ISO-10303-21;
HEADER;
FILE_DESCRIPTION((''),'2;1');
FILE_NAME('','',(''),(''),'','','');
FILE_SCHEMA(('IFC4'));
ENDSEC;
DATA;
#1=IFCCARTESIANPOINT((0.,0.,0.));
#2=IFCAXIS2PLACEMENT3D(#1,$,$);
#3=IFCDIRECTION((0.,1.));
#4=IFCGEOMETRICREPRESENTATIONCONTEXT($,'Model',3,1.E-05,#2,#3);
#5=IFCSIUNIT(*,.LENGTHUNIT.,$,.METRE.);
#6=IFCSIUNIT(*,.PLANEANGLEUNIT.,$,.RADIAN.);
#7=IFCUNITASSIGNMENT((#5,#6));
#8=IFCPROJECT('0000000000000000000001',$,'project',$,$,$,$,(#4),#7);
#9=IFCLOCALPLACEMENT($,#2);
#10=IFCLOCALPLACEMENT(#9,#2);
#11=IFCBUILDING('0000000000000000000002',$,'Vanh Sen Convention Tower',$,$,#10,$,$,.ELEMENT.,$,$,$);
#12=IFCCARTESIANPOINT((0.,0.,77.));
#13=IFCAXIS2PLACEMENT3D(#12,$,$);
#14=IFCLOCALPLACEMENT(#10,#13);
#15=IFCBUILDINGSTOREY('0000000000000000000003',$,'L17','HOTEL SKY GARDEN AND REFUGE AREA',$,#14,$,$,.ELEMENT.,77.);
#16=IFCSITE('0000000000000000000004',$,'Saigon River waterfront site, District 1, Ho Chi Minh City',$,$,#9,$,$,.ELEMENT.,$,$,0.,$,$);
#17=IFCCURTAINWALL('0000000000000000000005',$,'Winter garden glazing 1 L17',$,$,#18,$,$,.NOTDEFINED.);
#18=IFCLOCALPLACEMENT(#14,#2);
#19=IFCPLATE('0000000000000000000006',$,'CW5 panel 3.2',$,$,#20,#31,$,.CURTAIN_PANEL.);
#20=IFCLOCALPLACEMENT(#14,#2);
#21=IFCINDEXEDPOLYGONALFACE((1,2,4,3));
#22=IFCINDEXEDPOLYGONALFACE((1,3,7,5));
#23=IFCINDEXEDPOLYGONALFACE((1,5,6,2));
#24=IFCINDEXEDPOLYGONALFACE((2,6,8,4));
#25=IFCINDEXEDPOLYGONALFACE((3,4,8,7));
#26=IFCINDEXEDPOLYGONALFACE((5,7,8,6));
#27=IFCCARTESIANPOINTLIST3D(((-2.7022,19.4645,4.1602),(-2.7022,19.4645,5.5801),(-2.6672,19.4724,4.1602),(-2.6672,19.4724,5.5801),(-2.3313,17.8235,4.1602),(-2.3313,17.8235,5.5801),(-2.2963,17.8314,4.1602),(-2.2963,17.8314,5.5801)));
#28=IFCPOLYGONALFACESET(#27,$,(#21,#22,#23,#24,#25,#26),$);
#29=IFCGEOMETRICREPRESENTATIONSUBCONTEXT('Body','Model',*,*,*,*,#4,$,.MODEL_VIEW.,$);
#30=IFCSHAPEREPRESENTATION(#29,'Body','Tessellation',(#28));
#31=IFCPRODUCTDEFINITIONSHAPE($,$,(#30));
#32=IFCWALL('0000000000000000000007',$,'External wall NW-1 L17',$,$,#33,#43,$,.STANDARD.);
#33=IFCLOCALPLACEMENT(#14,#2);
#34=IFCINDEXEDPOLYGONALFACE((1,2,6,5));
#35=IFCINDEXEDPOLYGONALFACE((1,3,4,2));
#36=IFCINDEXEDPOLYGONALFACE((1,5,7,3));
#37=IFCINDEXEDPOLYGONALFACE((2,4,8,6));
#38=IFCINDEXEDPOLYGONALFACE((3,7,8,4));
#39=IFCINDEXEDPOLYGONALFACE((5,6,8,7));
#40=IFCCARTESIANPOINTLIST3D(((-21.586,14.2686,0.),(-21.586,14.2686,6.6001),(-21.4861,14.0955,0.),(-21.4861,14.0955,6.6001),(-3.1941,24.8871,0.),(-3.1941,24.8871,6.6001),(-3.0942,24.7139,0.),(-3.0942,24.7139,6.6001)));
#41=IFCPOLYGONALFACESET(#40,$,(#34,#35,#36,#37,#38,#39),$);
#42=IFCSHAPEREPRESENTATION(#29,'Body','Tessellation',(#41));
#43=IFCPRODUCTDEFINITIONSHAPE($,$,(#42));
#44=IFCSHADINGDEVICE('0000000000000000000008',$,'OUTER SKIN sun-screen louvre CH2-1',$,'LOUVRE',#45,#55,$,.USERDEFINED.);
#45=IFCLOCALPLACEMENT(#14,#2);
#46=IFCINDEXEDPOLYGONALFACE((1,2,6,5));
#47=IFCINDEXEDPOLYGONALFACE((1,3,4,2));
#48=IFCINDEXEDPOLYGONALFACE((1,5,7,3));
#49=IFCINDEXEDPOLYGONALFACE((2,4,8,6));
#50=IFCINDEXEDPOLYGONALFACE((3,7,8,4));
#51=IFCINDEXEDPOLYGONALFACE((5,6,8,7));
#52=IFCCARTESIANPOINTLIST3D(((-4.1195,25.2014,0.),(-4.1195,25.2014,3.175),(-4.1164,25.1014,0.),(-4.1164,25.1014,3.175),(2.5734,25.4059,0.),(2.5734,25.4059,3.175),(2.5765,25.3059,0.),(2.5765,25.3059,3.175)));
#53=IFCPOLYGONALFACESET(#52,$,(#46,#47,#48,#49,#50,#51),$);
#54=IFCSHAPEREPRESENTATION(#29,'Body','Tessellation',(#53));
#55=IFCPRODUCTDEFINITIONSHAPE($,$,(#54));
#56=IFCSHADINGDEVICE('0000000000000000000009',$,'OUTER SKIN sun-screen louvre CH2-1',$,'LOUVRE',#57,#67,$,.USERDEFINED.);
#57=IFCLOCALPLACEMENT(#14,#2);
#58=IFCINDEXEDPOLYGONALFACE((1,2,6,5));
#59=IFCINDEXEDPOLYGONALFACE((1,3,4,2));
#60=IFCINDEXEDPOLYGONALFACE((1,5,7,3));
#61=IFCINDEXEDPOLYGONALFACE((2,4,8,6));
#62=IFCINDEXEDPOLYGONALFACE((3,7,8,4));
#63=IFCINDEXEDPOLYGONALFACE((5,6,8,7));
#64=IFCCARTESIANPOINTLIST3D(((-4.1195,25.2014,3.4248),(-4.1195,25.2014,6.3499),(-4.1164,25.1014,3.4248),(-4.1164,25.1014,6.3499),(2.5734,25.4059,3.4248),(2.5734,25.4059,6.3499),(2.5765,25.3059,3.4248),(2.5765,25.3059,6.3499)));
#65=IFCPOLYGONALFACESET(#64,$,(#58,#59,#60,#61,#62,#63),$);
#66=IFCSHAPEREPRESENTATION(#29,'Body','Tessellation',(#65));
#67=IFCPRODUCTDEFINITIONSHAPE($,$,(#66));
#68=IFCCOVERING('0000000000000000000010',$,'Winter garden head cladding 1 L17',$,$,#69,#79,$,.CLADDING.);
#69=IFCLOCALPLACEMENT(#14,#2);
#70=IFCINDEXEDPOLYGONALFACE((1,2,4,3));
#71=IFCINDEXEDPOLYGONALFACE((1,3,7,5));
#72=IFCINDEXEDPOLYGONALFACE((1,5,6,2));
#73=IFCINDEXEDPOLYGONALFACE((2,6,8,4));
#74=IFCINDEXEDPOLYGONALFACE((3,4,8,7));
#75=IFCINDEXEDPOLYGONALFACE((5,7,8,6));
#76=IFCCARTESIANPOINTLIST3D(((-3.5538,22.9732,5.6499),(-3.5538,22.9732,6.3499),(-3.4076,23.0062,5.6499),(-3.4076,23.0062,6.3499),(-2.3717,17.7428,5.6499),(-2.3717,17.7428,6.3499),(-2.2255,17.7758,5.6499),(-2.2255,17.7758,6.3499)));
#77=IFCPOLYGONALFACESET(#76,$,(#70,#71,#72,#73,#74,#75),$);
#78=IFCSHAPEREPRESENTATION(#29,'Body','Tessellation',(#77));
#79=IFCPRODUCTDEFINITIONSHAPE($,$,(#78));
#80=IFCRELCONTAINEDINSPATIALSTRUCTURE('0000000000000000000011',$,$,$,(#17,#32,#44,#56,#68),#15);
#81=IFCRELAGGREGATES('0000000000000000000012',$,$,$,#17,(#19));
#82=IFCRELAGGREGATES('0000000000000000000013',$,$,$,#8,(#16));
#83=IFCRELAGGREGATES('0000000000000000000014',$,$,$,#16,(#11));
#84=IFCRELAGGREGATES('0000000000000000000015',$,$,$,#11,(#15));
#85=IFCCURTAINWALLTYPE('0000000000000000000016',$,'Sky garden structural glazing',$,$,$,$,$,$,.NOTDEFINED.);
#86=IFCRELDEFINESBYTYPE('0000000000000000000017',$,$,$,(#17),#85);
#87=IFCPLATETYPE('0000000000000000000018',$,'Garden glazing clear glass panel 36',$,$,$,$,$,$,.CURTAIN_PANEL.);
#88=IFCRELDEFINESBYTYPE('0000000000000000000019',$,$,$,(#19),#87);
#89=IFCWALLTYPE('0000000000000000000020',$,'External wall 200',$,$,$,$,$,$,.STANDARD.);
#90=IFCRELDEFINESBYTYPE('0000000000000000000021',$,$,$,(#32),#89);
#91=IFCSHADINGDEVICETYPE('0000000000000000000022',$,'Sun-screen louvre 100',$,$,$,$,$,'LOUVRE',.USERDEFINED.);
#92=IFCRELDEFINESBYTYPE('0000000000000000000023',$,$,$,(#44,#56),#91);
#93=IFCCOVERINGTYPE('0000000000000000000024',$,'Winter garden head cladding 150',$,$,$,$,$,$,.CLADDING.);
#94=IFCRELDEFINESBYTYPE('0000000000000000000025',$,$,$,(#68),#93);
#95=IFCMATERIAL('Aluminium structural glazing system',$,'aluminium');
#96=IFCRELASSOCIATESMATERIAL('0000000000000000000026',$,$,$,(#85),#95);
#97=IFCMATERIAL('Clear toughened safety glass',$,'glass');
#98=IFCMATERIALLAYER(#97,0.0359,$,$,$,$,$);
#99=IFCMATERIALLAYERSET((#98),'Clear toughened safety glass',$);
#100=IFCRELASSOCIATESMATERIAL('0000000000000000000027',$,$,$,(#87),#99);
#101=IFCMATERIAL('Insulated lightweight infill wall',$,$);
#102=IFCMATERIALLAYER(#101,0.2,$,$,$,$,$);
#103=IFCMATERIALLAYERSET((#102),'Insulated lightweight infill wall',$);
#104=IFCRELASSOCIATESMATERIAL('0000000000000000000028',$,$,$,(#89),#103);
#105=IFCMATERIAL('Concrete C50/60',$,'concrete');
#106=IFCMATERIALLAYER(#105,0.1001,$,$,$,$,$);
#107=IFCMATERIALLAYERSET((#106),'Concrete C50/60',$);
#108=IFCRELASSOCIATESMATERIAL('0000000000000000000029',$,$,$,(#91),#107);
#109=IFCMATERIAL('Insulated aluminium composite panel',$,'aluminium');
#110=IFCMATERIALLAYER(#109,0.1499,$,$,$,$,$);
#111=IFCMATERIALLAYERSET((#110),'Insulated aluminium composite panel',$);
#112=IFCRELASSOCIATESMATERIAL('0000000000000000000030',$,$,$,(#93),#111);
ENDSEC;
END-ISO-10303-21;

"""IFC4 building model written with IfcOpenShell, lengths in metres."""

from ifc_helpers import new_model, si_unit, direction, frame, frame_2d, origin, origin_2d, place, context, subcontext, project, spatial, rectangle, extrude, material, layer, layer_set, type_object, element, aggregate, save


model = new_model("IFC4")

# Units and contexts
model_context = context("Model", 3, precision=1e-05, world=origin(), true_north=direction((0.0, 1.0)))
body_context = subcontext(model_context, "Body", "Model", "MODEL_VIEW")
ifc_project = project(units=[si_unit("LENGTHUNIT", "METRE"), si_unit("PLANEANGLEUNIT", "RADIAN")], contexts=[model_context])

# Site, building, storey
site_placement = place(None, origin())
site = spatial("IfcSite", under=ifc_project, at=site_placement, Name="Saigon River waterfront site, District 1, Ho Chi Minh City", CompositionType="ELEMENT", RefElevation=0.0)
building_placement = place(site_placement, origin())
building = spatial("IfcBuilding", under=site, at=building_placement, Name="Vanh Sen Convention Tower", CompositionType="ELEMENT")
storey_placement = place(building_placement, frame((0.0, 0.0, 77.0)))
storey = spatial("IfcBuildingStorey", under=building, at=storey_placement, Name="L17", Description="HOTEL SKY GARDEN AND REFUGE AREA", CompositionType="ELEMENT", Elevation=77.0)

# Curtain wall
ifc_material_1 = material(Name="Aluminium structural glazing system", Category="aluminium")
curtain_wall_type_1 = type_object("IfcCurtainWallType", Name="Sky garden structural glazing", PredefinedType="NOTDEFINED", material=ifc_material_1)
curtain_wall_1_placement = place(storey_placement, origin())
curtain_wall_1 = element("IfcCurtainWall", 1, at=curtain_wall_1_placement, inside=storey, type_object=curtain_wall_type_1, Name="Winter garden glazing 1 L17", PredefinedType="NOTDEFINED")

# Plate
ifc_material_2 = material(Name="Clear toughened safety glass", Category="glass")
ifc_layer_1 = layer(ifc_material_2, 0.0359)
ifc_layer_set_1 = layer_set([ifc_layer_1], Name="Clear toughened safety glass")
plate_type = type_object("IfcPlateType", Name="Garden glazing clear glass panel 36", PredefinedType="CURTAIN_PANEL", material=ifc_layer_set_1)
plate_1_placement = place(storey_placement, frame((-2.4993, 18.6479, 4.1602), z_axis=(0.0, 0.0, 1.0), x_axis=(0.220446, -0.975399, 0.0)))
plate_1 = element("IfcPlate", 2, at=plate_1_placement, type_object=plate_type, Name="CW5 panel 3.2", PredefinedType="CURTAIN_PANEL", context=body_context, shape_type="SweptSolid", body=[
    extrude(rectangle(XDim=1.6824, YDim=0.0359, at=origin_2d()), origin(), (0.0, 0.0, 1.0), 1.4199),
])
aggregate(curtain_wall_1, [plate_1])

# Wall
ifc_material_3 = material(Name="Insulated lightweight infill wall")
ifc_layer_2 = layer(ifc_material_3, 0.2)
ifc_layer_set_2 = layer_set([ifc_layer_2], Name="Insulated lightweight infill wall")
wall_type_1 = type_object("IfcWallType", Name="External wall 200", PredefinedType="STANDARD", material=ifc_layer_set_2)
wall_1_placement = place(storey_placement, frame((-3.144, 24.8005, 0.0), z_axis=(0.0, 0.0, 1.0), x_axis=(-0.866028, -0.499995, 0.0)))
element("IfcWall", 3, at=wall_1_placement, inside=storey, type_object=wall_type_1, Name="External wall NW-1 L17", PredefinedType="STANDARD", context=body_context, shape_type="SweptSolid", body=[
    extrude(rectangle(XDim=21.2371, YDim=0.2, at=frame_2d((10.6187, 0.0))), origin(), (0.0, 0.0, 1.0), 6.6001),
])

# Shading devices
ifc_material_4 = material(Name="Concrete C50/60", Category="concrete")
ifc_layer_3 = layer(ifc_material_4, 0.1001)
ifc_layer_set_3 = layer_set([ifc_layer_3], Name="Concrete C50/60")
shading_device_type = type_object("IfcShadingDeviceType", Name="Sun-screen louvre 100", ElementType="LOUVRE", PredefinedType="USERDEFINED", material=ifc_layer_set_3)
shading_device_1_placement = place(storey_placement, frame((-0.7715, 25.2537, 0.0), z_axis=(0.0, 0.0, 1.0), x_axis=(-0.999534, -0.030537, 0.0)))
element("IfcShadingDevice", 4, at=shading_device_1_placement, inside=storey, type_object=shading_device_type, Name="OUTER SKIN sun-screen louvre CH2-1", ObjectType="LOUVRE", PredefinedType="USERDEFINED", context=body_context, shape_type="SweptSolid", body=[
    extrude(rectangle(XDim=6.696, YDim=0.1001, at=origin_2d()), origin(), (0.0, 0.0, 1.0), 3.175),
])
shading_device_2_placement = place(storey_placement, frame((-0.7715, 25.2537, 3.4248), z_axis=(0.0, 0.0, 1.0), x_axis=(-0.999534, -0.030537, 0.0)))
element("IfcShadingDevice", 5, at=shading_device_2_placement, inside=storey, type_object=shading_device_type, Name="OUTER SKIN sun-screen louvre CH2-1", ObjectType="LOUVRE", PredefinedType="USERDEFINED", context=body_context, shape_type="SweptSolid", body=[
    extrude(rectangle(XDim=6.696, YDim=0.1001, at=origin_2d()), origin(), (0.0, 0.0, 1.0), 2.925),
])

# Covering
ifc_material_5 = material(Name="Insulated aluminium composite panel", Category="aluminium")
ifc_layer_4 = layer(ifc_material_5, 0.1499)
ifc_layer_set_4 = layer_set([ifc_layer_4], Name="Insulated aluminium composite panel")
covering_type = type_object("IfcCoveringType", Name="Winter garden head cladding 150", PredefinedType="CLADDING", material=ifc_layer_set_4)
covering_placement = place(storey_placement, frame((-2.8896, 20.3745, 5.6499), z_axis=(0.0, 0.0, 1.0), x_axis=(0.220457, -0.975397, 0.0)))
element("IfcCovering", 6, at=covering_placement, inside=storey, type_object=covering_type, Name="Winter garden head cladding 1 L17", PredefinedType="CLADDING", context=body_context, shape_type="SweptSolid", body=[
    extrude(rectangle(XDim=5.3623, YDim=0.1499, at=origin_2d()), origin(), (0.0, 0.0, 1.0), 0.7),
])

save(model, "model.ifc")
